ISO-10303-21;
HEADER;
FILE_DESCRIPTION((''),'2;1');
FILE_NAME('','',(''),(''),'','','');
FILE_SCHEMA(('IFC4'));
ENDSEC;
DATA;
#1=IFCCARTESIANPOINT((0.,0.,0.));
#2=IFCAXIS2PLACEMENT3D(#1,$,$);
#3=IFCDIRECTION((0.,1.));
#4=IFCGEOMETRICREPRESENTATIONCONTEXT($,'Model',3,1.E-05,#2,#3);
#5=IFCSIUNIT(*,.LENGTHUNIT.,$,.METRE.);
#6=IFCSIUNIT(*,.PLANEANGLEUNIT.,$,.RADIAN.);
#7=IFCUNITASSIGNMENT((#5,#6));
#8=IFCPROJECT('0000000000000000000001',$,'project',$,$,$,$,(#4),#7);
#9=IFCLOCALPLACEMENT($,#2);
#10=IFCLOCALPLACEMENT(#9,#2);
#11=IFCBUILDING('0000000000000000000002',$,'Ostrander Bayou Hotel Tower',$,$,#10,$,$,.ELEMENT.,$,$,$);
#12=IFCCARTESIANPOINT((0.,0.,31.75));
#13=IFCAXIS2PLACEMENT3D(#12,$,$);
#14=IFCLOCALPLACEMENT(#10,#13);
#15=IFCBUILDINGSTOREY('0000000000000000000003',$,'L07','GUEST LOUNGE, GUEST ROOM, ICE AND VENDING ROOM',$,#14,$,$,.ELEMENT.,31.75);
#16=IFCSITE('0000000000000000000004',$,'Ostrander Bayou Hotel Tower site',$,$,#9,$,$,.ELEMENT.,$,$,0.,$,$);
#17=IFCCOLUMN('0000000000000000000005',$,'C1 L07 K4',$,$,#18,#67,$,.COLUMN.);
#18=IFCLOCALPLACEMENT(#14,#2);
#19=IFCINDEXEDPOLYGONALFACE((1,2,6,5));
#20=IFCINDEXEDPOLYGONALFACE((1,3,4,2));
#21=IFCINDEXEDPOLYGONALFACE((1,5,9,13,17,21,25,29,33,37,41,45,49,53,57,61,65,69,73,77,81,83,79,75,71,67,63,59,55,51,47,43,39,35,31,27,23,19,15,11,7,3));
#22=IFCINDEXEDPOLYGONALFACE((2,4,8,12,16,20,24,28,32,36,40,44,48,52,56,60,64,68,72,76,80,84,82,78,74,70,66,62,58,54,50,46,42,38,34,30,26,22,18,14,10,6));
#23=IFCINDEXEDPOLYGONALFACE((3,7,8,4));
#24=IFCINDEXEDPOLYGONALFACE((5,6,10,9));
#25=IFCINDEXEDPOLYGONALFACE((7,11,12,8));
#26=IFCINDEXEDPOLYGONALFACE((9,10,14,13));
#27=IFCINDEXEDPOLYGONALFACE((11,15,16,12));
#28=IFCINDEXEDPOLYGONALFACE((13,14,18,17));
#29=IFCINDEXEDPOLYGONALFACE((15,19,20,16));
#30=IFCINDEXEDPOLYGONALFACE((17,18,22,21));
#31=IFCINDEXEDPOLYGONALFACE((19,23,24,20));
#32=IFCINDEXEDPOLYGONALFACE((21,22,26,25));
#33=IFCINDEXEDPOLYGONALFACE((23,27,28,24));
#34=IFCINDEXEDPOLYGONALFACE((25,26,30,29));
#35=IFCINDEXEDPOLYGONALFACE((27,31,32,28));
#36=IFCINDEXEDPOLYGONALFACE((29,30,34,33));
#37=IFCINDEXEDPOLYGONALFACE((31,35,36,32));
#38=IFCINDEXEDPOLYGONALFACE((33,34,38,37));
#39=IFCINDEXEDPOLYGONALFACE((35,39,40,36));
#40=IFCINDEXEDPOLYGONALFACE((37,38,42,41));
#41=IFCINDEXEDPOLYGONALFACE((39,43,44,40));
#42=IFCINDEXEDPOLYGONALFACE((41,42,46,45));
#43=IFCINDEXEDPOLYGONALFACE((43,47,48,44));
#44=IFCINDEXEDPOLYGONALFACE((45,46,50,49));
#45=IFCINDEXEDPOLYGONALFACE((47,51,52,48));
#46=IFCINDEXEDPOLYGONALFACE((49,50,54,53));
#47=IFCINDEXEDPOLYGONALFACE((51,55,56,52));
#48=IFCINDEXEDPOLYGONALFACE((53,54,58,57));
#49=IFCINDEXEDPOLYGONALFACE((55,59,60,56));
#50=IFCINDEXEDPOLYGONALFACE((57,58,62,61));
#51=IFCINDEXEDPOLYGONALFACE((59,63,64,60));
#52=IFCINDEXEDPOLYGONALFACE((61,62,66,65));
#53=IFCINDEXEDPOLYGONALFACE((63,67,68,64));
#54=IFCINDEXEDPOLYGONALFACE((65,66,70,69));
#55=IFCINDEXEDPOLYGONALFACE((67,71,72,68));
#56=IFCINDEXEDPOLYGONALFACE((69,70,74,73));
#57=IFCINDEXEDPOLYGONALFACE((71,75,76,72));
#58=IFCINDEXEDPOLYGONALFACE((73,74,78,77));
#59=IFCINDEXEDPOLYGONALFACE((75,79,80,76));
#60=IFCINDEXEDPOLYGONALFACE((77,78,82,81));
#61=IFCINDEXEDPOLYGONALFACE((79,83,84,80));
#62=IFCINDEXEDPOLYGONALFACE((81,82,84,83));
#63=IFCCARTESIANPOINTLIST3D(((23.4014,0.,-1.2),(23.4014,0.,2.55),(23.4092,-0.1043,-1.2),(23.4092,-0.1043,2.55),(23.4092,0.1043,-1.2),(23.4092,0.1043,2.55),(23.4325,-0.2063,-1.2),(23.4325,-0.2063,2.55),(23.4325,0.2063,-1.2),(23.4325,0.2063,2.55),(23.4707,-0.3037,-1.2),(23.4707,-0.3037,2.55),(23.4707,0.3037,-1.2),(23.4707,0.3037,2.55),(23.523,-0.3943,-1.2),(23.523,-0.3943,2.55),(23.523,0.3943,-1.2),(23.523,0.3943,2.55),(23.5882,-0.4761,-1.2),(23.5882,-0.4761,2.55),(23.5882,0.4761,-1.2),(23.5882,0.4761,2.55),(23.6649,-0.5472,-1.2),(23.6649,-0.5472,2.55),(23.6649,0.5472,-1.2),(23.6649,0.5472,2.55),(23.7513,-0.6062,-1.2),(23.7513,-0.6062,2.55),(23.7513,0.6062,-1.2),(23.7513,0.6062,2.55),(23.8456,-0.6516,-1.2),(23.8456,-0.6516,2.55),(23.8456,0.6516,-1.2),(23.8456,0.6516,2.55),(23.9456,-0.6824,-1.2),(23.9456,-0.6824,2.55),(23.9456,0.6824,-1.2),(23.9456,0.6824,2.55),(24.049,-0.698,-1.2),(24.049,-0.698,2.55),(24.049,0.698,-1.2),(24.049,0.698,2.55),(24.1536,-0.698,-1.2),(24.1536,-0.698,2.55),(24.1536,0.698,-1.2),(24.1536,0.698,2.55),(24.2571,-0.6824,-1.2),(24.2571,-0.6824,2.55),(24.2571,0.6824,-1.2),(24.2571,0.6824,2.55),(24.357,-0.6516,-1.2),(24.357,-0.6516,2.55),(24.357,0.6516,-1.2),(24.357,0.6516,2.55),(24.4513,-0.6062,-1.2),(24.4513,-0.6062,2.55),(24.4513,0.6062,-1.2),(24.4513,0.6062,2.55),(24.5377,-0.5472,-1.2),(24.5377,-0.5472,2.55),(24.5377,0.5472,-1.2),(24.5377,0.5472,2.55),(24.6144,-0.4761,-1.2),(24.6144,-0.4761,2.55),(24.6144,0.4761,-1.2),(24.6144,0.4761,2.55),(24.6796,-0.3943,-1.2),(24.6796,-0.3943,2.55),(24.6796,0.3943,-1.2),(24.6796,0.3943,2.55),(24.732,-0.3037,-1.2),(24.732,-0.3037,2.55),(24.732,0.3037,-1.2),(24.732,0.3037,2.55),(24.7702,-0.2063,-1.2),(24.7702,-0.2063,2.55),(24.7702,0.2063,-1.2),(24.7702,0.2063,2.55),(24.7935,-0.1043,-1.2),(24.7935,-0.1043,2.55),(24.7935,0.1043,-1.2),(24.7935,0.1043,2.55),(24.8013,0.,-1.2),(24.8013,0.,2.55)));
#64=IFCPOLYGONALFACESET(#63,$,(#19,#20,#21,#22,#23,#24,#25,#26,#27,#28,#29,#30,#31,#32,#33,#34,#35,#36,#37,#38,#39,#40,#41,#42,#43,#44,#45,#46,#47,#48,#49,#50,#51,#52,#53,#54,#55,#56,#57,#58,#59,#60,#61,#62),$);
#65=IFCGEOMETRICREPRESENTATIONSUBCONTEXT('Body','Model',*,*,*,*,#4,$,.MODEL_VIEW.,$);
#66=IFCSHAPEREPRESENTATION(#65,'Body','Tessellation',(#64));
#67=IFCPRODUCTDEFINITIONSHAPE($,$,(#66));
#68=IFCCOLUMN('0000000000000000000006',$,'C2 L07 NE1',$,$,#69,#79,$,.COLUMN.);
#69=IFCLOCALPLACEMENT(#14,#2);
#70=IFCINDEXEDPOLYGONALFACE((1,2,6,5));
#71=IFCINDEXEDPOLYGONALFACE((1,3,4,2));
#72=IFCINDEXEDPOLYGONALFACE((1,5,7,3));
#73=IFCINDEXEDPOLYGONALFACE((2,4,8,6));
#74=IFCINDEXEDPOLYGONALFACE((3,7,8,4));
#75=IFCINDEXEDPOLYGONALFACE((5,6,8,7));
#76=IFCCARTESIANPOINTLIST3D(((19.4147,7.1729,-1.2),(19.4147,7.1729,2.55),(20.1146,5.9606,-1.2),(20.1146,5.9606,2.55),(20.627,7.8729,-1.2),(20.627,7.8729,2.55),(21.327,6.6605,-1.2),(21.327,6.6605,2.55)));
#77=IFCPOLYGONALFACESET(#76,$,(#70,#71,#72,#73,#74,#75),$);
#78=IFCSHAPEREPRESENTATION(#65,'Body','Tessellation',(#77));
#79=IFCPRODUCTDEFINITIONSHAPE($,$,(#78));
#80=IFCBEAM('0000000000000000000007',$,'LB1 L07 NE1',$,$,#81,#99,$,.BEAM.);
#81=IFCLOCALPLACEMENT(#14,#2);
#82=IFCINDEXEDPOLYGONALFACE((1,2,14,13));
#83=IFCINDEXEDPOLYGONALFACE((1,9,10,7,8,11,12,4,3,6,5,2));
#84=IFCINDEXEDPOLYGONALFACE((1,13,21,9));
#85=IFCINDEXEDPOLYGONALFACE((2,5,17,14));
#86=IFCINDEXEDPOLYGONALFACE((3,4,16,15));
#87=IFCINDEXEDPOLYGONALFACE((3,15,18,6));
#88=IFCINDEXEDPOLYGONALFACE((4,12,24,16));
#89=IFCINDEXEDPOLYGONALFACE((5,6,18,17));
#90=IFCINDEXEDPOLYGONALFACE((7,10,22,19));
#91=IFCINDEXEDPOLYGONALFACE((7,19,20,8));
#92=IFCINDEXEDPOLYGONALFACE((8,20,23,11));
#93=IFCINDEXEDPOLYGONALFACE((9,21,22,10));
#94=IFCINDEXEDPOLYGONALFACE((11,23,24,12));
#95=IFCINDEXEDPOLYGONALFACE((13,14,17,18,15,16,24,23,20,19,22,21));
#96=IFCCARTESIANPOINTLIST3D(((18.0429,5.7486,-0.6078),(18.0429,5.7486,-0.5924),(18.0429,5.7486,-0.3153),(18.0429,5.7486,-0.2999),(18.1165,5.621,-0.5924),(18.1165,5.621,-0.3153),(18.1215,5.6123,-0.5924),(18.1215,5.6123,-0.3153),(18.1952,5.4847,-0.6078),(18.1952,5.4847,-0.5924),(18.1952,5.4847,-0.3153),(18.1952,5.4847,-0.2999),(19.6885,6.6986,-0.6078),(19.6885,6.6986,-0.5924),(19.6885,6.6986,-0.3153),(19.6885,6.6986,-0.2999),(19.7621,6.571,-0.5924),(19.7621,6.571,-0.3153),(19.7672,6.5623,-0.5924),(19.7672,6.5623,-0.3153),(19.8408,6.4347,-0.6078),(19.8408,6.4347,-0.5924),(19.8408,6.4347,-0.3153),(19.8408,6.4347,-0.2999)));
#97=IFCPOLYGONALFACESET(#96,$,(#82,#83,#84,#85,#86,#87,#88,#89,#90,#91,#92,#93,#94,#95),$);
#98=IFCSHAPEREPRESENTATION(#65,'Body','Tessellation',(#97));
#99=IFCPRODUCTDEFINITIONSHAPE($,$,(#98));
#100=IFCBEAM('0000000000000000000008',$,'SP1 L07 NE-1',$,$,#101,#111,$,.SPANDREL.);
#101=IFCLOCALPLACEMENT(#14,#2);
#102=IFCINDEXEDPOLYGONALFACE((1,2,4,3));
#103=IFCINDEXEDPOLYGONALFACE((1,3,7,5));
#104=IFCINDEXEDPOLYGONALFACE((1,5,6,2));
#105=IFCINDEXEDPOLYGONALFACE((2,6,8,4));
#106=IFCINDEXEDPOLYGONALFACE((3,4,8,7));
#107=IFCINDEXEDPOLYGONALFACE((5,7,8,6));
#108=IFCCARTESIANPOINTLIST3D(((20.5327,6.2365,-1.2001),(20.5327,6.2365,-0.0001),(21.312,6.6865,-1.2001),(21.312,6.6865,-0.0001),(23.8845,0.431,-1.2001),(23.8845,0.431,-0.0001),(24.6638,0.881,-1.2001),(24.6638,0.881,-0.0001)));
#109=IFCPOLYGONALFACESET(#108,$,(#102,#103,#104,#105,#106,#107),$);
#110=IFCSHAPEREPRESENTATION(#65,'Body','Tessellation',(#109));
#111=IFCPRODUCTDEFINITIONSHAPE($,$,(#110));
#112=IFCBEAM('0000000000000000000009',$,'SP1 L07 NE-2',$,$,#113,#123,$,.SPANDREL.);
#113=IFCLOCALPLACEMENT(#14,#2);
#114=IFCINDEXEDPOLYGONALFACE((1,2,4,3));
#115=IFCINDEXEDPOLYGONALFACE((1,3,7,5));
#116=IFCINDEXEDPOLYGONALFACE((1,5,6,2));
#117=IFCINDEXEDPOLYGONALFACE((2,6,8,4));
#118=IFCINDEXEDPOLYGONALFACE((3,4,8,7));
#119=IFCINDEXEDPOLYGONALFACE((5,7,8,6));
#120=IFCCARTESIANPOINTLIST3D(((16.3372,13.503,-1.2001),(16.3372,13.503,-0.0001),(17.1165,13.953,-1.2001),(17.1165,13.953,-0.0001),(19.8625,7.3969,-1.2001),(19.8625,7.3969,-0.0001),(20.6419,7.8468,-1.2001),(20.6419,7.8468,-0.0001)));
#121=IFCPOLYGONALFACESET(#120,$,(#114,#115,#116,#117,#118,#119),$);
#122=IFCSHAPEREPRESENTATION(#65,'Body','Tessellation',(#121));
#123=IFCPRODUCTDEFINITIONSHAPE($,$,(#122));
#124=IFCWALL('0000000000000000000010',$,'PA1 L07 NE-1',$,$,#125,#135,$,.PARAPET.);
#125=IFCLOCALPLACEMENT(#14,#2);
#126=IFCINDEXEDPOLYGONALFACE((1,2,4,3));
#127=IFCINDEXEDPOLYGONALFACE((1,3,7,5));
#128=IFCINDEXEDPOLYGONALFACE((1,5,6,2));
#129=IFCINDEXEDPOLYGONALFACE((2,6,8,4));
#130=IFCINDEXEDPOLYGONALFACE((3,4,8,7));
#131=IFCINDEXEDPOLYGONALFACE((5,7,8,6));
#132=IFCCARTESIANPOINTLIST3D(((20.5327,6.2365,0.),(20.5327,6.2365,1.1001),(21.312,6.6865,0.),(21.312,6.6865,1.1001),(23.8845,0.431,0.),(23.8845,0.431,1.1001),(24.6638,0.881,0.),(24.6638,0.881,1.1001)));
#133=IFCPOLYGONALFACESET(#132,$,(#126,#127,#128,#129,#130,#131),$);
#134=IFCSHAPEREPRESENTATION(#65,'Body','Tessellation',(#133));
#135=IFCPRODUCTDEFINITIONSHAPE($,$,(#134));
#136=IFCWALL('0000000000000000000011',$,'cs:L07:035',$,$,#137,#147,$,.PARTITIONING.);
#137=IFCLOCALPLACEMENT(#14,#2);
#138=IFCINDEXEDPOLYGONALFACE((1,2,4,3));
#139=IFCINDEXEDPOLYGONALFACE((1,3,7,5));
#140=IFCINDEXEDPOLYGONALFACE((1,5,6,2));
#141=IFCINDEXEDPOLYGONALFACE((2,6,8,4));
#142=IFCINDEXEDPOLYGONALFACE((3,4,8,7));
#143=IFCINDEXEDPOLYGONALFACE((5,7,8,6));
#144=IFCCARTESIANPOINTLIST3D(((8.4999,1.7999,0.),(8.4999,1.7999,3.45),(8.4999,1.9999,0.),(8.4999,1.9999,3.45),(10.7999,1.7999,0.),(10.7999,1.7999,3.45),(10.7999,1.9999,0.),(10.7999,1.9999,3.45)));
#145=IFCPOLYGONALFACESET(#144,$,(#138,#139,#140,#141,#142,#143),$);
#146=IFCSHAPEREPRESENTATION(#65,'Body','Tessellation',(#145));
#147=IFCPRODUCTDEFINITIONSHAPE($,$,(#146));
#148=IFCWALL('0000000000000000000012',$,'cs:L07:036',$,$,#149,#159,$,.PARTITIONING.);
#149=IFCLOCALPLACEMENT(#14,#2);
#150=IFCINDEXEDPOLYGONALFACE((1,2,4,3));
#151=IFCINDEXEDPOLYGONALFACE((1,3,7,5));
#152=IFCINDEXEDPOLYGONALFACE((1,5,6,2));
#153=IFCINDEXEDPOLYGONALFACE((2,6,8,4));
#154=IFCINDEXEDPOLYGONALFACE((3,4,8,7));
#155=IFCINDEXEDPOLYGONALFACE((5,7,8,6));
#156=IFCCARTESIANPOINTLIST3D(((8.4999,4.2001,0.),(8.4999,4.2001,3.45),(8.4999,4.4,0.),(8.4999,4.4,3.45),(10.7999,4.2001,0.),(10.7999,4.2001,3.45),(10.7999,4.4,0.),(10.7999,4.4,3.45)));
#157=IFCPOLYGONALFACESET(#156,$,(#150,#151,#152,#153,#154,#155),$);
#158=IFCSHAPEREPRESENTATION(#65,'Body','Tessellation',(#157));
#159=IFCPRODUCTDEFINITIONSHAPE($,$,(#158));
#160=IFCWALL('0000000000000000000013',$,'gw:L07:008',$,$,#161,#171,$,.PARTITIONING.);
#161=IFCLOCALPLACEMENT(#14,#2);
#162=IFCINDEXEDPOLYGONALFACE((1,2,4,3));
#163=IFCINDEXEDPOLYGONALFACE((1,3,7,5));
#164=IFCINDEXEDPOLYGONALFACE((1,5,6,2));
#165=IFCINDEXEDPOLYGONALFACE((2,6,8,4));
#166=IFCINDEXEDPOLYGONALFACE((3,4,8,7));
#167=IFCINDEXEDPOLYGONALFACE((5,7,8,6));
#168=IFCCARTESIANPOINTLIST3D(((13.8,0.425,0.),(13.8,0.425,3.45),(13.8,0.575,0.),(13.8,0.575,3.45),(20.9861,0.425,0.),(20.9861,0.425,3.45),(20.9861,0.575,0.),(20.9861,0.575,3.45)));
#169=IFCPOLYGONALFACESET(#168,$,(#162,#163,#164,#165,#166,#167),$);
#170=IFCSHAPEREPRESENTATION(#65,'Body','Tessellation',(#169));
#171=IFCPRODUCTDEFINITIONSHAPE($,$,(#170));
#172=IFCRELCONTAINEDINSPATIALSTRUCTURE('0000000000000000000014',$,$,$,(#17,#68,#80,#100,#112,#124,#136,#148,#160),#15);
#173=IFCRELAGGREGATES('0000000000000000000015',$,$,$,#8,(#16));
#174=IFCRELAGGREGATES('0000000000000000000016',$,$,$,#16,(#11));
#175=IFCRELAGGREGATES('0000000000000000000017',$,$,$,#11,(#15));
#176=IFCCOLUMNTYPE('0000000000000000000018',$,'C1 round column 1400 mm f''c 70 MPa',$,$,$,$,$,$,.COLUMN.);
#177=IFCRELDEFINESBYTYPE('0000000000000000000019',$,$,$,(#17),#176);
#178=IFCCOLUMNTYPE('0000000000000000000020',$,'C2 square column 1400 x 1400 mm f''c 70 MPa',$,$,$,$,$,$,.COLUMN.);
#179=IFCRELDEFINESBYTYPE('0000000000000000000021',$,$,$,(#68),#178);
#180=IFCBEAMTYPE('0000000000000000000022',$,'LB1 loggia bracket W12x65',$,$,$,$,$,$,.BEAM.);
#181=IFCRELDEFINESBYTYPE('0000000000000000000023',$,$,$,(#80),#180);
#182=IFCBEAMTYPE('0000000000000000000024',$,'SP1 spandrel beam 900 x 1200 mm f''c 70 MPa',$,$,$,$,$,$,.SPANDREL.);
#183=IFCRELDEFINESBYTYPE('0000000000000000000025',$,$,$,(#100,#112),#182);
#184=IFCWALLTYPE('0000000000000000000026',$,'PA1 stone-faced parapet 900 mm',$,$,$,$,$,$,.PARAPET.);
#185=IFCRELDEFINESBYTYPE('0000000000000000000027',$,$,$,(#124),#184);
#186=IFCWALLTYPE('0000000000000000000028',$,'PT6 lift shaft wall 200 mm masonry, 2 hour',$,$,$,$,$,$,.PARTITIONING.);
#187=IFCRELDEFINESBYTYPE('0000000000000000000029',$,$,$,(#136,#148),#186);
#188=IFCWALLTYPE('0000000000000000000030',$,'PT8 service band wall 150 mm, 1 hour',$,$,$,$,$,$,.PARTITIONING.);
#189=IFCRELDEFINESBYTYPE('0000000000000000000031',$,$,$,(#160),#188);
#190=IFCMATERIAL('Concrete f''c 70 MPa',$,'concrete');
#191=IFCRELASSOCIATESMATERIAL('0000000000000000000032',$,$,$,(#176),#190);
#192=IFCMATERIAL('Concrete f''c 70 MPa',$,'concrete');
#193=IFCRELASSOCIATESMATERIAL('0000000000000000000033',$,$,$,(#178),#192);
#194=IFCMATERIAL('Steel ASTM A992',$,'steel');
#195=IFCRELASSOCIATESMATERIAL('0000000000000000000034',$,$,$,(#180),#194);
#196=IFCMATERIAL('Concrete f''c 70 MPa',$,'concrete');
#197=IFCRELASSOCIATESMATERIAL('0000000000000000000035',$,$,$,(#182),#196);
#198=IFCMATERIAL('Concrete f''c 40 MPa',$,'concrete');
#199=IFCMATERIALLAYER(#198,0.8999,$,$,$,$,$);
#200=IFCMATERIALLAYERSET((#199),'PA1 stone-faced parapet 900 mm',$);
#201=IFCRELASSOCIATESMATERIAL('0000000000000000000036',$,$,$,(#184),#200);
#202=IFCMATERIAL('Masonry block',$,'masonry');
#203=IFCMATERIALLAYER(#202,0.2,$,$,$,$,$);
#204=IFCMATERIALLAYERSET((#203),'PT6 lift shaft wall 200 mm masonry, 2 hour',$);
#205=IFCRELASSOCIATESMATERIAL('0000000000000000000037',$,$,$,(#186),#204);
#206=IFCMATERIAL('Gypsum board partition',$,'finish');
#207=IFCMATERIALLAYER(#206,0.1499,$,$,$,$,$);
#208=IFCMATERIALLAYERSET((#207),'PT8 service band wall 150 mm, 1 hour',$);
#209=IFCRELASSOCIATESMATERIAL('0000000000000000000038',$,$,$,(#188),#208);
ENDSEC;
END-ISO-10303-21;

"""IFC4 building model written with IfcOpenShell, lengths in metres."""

from ifc_helpers import new_model, si_unit, direction, frame, frame_2d, origin, origin_2d, place, context, subcontext, project, spatial, rectangle, circle, i_section, extrude, material, layer, layer_set, material_profile, profile_set, type_object, element, save


model = new_model("IFC4")

# Units and contexts
model_context = context("Model", 3, precision=1e-05, world=origin(), true_north=direction((0.0, 1.0)))
body_context = subcontext(model_context, "Body", "Model", "MODEL_VIEW")
ifc_project = project(units=[si_unit("LENGTHUNIT", "METRE"), si_unit("PLANEANGLEUNIT", "RADIAN")], contexts=[model_context])

# Site, building, storey
site_placement = place(None, origin())
site = spatial("IfcSite", under=ifc_project, at=site_placement, Name="Ostrander Bayou Hotel Tower site", CompositionType="ELEMENT", RefElevation=0.0)
building_placement = place(site_placement, origin())
building = spatial("IfcBuilding", under=site, at=building_placement, Name="Ostrander Bayou Hotel Tower", CompositionType="ELEMENT")
storey_placement = place(building_placement, frame((0.0, 0.0, 31.75)))
storey = spatial("IfcBuildingStorey", under=building, at=storey_placement, Name="L07", Description="GUEST LOUNGE, GUEST ROOM, ICE AND VENDING ROOM", CompositionType="ELEMENT", Elevation=31.75)

# Columns
ifc_material_1 = material(Name="Concrete f'c 70 MPa", Category="concrete")
ifc_material_profile_1 = material_profile(ifc_material_1, circle(Radius=0.7, at=origin_2d()))
ifc_profile_set_1 = profile_set([ifc_material_profile_1], Name="Concrete f'c 70 MPa")
column_type_1 = type_object("IfcColumnType", Name="C1 round column 1400 mm f'c 70 MPa", PredefinedType="COLUMN", material=ifc_profile_set_1)
column_1_placement = place(storey_placement, frame((24.1013, 0.0, -1.2), z_axis=(0.0, 0.0, 1.0), x_axis=(1.0, 0.0, 0.0)))
element("IfcColumn", 1, at=column_1_placement, inside=storey, type_object=column_type_1, Name="C1 L07 K4", PredefinedType="COLUMN", context=body_context, shape_type="SweptSolid", body=[
    extrude(circle(Radius=0.7, at=origin_2d()), origin(), (0.0, 0.0, 1.0), 3.75),
])
ifc_material_2 = material(Name="Concrete f'c 70 MPa", Category="concrete")
ifc_material_profile_2 = material_profile(ifc_material_2, rectangle(XDim=1.3999, YDim=1.3999, at=origin_2d()))
ifc_profile_set_2 = profile_set([ifc_material_profile_2], Name="Concrete f'c 70 MPa")
column_type_2 = type_object("IfcColumnType", Name="C2 square column 1400 x 1400 mm f'c 70 MPa", PredefinedType="COLUMN", material=ifc_profile_set_2)
column_2_placement = place(storey_placement, frame((20.3708, 6.9167, -1.2), z_axis=(0.0, 0.0, 1.0), x_axis=(0.5, -0.866025, 0.0)))
element("IfcColumn", 2, at=column_2_placement, inside=storey, type_object=column_type_2, Name="C2 L07 NE1", PredefinedType="COLUMN", context=body_context, shape_type="SweptSolid", body=[
    extrude(rectangle(XDim=1.3999, YDim=1.3999, at=origin_2d()), origin(), (0.0, 0.0, 1.0), 3.75),
])

# Beams
ifc_material_3 = material(Name="Steel ASTM A992", Category="steel")
ifc_material_profile_3 = material_profile(ifc_material_3, i_section(OverallWidth=0.3047, OverallDepth=0.3079, WebThickness=0.01, FlangeThickness=0.0154, at=origin_2d()))
ifc_profile_set_3 = profile_set([ifc_material_profile_3], Name="Steel ASTM A992")
beam_type_1 = type_object("IfcBeamType", Name="LB1 loggia bracket W12x65", PredefinedType="BEAM", material=ifc_profile_set_3)
beam_1_placement = place(storey_placement, frame((19.7646, 6.5667, -0.4539), z_axis=(-0.866044, -0.499967, 0.0), x_axis=(0.499967, -0.866044, 0.0)))
element("IfcBeam", 3, at=beam_1_placement, inside=storey, type_object=beam_type_1, Name="LB1 L07 NE1", PredefinedType="BEAM", context=body_context, shape_type="SweptSolid", body=[
    extrude(i_section(OverallWidth=0.3047, OverallDepth=0.3079, WebThickness=0.01, FlangeThickness=0.0154, at=origin_2d()), origin(), (0.0, 0.0, 1.0), 1.9001),
])
ifc_material_4 = material(Name="Concrete f'c 70 MPa", Category="concrete")
ifc_material_profile_4 = material_profile(ifc_material_4, rectangle(XDim=0.8999, YDim=1.2, at=origin_2d()))
ifc_profile_set_4 = profile_set([ifc_material_profile_4], Name="Concrete f'c 70 MPa")
beam_type_2 = type_object("IfcBeamType", Name="SP1 spandrel beam 900 x 1200 mm f'c 70 MPa", PredefinedType="SPANDREL", material=ifc_profile_set_4)
beam_2_placement = place(storey_placement, frame((24.2742, 0.656, -0.6001), z_axis=(-0.500005, 0.866022, 0.0), x_axis=(-0.866022, -0.500005, 0.0)))
element("IfcBeam", 4, at=beam_2_placement, inside=storey, type_object=beam_type_2, Name="SP1 L07 NE-1", PredefinedType="SPANDREL", context=body_context, shape_type="SweptSolid", body=[
    extrude(rectangle(XDim=0.8999, YDim=1.2, at=origin_2d()), origin(), (0.0, 0.0, 1.0), 6.7036),
])
beam_3_placement = place(storey_placement, frame((20.2522, 7.6218, -0.6001), z_axis=(-0.499997, 0.866027, 0.0), x_axis=(-0.866027, -0.499997, 0.0)))
element("IfcBeam", 5, at=beam_3_placement, inside=storey, type_object=beam_type_2, Name="SP1 L07 NE-2", PredefinedType="SPANDREL", context=body_context, shape_type="SweptSolid", body=[
    extrude(rectangle(XDim=0.8999, YDim=1.2, at=origin_2d()), origin(), (0.0, 0.0, 1.0), 7.0508),
])

# Walls
ifc_material_5 = material(Name="Concrete f'c 40 MPa", Category="concrete")
ifc_layer_1 = layer(ifc_material_5, 0.8999)
ifc_layer_set_1 = layer_set([ifc_layer_1], Name="PA1 stone-faced parapet 900 mm")
wall_type_1 = type_object("IfcWallType", Name="PA1 stone-faced parapet 900 mm", PredefinedType="PARAPET", material=ifc_layer_set_1)
wall_1_placement = place(storey_placement, frame((24.2742, 0.656, 0.0), z_axis=(0.0, 0.0, 1.0), x_axis=(-0.500005, 0.866022, 0.0)))
element("IfcWall", 6, at=wall_1_placement, inside=storey, type_object=wall_type_1, Name="PA1 L07 NE-1", PredefinedType="PARAPET", context=body_context, shape_type="SweptSolid", body=[
    extrude(rectangle(XDim=6.7036, YDim=0.8999, at=frame_2d((3.3518, 0.0))), origin(), (0.0, 0.0, 1.0), 1.1001),
])
ifc_material_6 = material(Name="Masonry block", Category="masonry")
ifc_layer_2 = layer(ifc_material_6, 0.2)
ifc_layer_set_2 = layer_set([ifc_layer_2], Name="PT6 lift shaft wall 200 mm masonry, 2 hour")
wall_type_2 = type_object("IfcWallType", Name="PT6 lift shaft wall 200 mm masonry, 2 hour", PredefinedType="PARTITIONING", material=ifc_layer_set_2)
for number, where, z_axis, x_axis, name in (
    (7, (8.5, 1.8999, 0.0), (0.0, 0.0, 1.0), (1.0, 0.0, 0.0), "cs:L07:035"),
    (8, (8.5, 4.3, 0.0), (0.0, 0.0, 1.0), (1.0, 0.0, 0.0), "cs:L07:036"),
):
    element("IfcWall", number, at=place(storey_placement, frame(where, z_axis=z_axis, x_axis=x_axis)), inside=storey, type_object=wall_type_2, Name=name, PredefinedType="PARTITIONING", context=body_context, shape_type="SweptSolid", body=[
        extrude(rectangle(XDim=2.3, YDim=0.2, at=frame_2d((1.1499, 0.0))), origin(), (0.0, 0.0, 1.0), 3.45),
    ])
ifc_material_7 = material(Name="Gypsum board partition", Category="finish")
ifc_layer_3 = layer(ifc_material_7, 0.1499)
ifc_layer_set_3 = layer_set([ifc_layer_3], Name="PT8 service band wall 150 mm, 1 hour")
wall_type_3 = type_object("IfcWallType", Name="PT8 service band wall 150 mm, 1 hour", PredefinedType="PARTITIONING", material=ifc_layer_set_3)
wall_2_placement = place(storey_placement, frame((13.8, 0.5, 0.0), z_axis=(0.0, 0.0, 1.0), x_axis=(1.0, 0.0, 0.0)))
element("IfcWall", 9, at=wall_2_placement, inside=storey, type_object=wall_type_3, Name="gw:L07:008", PredefinedType="PARTITIONING", context=body_context, shape_type="SweptSolid", body=[
    extrude(rectangle(XDim=7.186, YDim=0.1499, at=frame_2d((3.593, 0.0))), origin(), (0.0, 0.0, 1.0), 3.45),
])

save(model, "model.ifc")
